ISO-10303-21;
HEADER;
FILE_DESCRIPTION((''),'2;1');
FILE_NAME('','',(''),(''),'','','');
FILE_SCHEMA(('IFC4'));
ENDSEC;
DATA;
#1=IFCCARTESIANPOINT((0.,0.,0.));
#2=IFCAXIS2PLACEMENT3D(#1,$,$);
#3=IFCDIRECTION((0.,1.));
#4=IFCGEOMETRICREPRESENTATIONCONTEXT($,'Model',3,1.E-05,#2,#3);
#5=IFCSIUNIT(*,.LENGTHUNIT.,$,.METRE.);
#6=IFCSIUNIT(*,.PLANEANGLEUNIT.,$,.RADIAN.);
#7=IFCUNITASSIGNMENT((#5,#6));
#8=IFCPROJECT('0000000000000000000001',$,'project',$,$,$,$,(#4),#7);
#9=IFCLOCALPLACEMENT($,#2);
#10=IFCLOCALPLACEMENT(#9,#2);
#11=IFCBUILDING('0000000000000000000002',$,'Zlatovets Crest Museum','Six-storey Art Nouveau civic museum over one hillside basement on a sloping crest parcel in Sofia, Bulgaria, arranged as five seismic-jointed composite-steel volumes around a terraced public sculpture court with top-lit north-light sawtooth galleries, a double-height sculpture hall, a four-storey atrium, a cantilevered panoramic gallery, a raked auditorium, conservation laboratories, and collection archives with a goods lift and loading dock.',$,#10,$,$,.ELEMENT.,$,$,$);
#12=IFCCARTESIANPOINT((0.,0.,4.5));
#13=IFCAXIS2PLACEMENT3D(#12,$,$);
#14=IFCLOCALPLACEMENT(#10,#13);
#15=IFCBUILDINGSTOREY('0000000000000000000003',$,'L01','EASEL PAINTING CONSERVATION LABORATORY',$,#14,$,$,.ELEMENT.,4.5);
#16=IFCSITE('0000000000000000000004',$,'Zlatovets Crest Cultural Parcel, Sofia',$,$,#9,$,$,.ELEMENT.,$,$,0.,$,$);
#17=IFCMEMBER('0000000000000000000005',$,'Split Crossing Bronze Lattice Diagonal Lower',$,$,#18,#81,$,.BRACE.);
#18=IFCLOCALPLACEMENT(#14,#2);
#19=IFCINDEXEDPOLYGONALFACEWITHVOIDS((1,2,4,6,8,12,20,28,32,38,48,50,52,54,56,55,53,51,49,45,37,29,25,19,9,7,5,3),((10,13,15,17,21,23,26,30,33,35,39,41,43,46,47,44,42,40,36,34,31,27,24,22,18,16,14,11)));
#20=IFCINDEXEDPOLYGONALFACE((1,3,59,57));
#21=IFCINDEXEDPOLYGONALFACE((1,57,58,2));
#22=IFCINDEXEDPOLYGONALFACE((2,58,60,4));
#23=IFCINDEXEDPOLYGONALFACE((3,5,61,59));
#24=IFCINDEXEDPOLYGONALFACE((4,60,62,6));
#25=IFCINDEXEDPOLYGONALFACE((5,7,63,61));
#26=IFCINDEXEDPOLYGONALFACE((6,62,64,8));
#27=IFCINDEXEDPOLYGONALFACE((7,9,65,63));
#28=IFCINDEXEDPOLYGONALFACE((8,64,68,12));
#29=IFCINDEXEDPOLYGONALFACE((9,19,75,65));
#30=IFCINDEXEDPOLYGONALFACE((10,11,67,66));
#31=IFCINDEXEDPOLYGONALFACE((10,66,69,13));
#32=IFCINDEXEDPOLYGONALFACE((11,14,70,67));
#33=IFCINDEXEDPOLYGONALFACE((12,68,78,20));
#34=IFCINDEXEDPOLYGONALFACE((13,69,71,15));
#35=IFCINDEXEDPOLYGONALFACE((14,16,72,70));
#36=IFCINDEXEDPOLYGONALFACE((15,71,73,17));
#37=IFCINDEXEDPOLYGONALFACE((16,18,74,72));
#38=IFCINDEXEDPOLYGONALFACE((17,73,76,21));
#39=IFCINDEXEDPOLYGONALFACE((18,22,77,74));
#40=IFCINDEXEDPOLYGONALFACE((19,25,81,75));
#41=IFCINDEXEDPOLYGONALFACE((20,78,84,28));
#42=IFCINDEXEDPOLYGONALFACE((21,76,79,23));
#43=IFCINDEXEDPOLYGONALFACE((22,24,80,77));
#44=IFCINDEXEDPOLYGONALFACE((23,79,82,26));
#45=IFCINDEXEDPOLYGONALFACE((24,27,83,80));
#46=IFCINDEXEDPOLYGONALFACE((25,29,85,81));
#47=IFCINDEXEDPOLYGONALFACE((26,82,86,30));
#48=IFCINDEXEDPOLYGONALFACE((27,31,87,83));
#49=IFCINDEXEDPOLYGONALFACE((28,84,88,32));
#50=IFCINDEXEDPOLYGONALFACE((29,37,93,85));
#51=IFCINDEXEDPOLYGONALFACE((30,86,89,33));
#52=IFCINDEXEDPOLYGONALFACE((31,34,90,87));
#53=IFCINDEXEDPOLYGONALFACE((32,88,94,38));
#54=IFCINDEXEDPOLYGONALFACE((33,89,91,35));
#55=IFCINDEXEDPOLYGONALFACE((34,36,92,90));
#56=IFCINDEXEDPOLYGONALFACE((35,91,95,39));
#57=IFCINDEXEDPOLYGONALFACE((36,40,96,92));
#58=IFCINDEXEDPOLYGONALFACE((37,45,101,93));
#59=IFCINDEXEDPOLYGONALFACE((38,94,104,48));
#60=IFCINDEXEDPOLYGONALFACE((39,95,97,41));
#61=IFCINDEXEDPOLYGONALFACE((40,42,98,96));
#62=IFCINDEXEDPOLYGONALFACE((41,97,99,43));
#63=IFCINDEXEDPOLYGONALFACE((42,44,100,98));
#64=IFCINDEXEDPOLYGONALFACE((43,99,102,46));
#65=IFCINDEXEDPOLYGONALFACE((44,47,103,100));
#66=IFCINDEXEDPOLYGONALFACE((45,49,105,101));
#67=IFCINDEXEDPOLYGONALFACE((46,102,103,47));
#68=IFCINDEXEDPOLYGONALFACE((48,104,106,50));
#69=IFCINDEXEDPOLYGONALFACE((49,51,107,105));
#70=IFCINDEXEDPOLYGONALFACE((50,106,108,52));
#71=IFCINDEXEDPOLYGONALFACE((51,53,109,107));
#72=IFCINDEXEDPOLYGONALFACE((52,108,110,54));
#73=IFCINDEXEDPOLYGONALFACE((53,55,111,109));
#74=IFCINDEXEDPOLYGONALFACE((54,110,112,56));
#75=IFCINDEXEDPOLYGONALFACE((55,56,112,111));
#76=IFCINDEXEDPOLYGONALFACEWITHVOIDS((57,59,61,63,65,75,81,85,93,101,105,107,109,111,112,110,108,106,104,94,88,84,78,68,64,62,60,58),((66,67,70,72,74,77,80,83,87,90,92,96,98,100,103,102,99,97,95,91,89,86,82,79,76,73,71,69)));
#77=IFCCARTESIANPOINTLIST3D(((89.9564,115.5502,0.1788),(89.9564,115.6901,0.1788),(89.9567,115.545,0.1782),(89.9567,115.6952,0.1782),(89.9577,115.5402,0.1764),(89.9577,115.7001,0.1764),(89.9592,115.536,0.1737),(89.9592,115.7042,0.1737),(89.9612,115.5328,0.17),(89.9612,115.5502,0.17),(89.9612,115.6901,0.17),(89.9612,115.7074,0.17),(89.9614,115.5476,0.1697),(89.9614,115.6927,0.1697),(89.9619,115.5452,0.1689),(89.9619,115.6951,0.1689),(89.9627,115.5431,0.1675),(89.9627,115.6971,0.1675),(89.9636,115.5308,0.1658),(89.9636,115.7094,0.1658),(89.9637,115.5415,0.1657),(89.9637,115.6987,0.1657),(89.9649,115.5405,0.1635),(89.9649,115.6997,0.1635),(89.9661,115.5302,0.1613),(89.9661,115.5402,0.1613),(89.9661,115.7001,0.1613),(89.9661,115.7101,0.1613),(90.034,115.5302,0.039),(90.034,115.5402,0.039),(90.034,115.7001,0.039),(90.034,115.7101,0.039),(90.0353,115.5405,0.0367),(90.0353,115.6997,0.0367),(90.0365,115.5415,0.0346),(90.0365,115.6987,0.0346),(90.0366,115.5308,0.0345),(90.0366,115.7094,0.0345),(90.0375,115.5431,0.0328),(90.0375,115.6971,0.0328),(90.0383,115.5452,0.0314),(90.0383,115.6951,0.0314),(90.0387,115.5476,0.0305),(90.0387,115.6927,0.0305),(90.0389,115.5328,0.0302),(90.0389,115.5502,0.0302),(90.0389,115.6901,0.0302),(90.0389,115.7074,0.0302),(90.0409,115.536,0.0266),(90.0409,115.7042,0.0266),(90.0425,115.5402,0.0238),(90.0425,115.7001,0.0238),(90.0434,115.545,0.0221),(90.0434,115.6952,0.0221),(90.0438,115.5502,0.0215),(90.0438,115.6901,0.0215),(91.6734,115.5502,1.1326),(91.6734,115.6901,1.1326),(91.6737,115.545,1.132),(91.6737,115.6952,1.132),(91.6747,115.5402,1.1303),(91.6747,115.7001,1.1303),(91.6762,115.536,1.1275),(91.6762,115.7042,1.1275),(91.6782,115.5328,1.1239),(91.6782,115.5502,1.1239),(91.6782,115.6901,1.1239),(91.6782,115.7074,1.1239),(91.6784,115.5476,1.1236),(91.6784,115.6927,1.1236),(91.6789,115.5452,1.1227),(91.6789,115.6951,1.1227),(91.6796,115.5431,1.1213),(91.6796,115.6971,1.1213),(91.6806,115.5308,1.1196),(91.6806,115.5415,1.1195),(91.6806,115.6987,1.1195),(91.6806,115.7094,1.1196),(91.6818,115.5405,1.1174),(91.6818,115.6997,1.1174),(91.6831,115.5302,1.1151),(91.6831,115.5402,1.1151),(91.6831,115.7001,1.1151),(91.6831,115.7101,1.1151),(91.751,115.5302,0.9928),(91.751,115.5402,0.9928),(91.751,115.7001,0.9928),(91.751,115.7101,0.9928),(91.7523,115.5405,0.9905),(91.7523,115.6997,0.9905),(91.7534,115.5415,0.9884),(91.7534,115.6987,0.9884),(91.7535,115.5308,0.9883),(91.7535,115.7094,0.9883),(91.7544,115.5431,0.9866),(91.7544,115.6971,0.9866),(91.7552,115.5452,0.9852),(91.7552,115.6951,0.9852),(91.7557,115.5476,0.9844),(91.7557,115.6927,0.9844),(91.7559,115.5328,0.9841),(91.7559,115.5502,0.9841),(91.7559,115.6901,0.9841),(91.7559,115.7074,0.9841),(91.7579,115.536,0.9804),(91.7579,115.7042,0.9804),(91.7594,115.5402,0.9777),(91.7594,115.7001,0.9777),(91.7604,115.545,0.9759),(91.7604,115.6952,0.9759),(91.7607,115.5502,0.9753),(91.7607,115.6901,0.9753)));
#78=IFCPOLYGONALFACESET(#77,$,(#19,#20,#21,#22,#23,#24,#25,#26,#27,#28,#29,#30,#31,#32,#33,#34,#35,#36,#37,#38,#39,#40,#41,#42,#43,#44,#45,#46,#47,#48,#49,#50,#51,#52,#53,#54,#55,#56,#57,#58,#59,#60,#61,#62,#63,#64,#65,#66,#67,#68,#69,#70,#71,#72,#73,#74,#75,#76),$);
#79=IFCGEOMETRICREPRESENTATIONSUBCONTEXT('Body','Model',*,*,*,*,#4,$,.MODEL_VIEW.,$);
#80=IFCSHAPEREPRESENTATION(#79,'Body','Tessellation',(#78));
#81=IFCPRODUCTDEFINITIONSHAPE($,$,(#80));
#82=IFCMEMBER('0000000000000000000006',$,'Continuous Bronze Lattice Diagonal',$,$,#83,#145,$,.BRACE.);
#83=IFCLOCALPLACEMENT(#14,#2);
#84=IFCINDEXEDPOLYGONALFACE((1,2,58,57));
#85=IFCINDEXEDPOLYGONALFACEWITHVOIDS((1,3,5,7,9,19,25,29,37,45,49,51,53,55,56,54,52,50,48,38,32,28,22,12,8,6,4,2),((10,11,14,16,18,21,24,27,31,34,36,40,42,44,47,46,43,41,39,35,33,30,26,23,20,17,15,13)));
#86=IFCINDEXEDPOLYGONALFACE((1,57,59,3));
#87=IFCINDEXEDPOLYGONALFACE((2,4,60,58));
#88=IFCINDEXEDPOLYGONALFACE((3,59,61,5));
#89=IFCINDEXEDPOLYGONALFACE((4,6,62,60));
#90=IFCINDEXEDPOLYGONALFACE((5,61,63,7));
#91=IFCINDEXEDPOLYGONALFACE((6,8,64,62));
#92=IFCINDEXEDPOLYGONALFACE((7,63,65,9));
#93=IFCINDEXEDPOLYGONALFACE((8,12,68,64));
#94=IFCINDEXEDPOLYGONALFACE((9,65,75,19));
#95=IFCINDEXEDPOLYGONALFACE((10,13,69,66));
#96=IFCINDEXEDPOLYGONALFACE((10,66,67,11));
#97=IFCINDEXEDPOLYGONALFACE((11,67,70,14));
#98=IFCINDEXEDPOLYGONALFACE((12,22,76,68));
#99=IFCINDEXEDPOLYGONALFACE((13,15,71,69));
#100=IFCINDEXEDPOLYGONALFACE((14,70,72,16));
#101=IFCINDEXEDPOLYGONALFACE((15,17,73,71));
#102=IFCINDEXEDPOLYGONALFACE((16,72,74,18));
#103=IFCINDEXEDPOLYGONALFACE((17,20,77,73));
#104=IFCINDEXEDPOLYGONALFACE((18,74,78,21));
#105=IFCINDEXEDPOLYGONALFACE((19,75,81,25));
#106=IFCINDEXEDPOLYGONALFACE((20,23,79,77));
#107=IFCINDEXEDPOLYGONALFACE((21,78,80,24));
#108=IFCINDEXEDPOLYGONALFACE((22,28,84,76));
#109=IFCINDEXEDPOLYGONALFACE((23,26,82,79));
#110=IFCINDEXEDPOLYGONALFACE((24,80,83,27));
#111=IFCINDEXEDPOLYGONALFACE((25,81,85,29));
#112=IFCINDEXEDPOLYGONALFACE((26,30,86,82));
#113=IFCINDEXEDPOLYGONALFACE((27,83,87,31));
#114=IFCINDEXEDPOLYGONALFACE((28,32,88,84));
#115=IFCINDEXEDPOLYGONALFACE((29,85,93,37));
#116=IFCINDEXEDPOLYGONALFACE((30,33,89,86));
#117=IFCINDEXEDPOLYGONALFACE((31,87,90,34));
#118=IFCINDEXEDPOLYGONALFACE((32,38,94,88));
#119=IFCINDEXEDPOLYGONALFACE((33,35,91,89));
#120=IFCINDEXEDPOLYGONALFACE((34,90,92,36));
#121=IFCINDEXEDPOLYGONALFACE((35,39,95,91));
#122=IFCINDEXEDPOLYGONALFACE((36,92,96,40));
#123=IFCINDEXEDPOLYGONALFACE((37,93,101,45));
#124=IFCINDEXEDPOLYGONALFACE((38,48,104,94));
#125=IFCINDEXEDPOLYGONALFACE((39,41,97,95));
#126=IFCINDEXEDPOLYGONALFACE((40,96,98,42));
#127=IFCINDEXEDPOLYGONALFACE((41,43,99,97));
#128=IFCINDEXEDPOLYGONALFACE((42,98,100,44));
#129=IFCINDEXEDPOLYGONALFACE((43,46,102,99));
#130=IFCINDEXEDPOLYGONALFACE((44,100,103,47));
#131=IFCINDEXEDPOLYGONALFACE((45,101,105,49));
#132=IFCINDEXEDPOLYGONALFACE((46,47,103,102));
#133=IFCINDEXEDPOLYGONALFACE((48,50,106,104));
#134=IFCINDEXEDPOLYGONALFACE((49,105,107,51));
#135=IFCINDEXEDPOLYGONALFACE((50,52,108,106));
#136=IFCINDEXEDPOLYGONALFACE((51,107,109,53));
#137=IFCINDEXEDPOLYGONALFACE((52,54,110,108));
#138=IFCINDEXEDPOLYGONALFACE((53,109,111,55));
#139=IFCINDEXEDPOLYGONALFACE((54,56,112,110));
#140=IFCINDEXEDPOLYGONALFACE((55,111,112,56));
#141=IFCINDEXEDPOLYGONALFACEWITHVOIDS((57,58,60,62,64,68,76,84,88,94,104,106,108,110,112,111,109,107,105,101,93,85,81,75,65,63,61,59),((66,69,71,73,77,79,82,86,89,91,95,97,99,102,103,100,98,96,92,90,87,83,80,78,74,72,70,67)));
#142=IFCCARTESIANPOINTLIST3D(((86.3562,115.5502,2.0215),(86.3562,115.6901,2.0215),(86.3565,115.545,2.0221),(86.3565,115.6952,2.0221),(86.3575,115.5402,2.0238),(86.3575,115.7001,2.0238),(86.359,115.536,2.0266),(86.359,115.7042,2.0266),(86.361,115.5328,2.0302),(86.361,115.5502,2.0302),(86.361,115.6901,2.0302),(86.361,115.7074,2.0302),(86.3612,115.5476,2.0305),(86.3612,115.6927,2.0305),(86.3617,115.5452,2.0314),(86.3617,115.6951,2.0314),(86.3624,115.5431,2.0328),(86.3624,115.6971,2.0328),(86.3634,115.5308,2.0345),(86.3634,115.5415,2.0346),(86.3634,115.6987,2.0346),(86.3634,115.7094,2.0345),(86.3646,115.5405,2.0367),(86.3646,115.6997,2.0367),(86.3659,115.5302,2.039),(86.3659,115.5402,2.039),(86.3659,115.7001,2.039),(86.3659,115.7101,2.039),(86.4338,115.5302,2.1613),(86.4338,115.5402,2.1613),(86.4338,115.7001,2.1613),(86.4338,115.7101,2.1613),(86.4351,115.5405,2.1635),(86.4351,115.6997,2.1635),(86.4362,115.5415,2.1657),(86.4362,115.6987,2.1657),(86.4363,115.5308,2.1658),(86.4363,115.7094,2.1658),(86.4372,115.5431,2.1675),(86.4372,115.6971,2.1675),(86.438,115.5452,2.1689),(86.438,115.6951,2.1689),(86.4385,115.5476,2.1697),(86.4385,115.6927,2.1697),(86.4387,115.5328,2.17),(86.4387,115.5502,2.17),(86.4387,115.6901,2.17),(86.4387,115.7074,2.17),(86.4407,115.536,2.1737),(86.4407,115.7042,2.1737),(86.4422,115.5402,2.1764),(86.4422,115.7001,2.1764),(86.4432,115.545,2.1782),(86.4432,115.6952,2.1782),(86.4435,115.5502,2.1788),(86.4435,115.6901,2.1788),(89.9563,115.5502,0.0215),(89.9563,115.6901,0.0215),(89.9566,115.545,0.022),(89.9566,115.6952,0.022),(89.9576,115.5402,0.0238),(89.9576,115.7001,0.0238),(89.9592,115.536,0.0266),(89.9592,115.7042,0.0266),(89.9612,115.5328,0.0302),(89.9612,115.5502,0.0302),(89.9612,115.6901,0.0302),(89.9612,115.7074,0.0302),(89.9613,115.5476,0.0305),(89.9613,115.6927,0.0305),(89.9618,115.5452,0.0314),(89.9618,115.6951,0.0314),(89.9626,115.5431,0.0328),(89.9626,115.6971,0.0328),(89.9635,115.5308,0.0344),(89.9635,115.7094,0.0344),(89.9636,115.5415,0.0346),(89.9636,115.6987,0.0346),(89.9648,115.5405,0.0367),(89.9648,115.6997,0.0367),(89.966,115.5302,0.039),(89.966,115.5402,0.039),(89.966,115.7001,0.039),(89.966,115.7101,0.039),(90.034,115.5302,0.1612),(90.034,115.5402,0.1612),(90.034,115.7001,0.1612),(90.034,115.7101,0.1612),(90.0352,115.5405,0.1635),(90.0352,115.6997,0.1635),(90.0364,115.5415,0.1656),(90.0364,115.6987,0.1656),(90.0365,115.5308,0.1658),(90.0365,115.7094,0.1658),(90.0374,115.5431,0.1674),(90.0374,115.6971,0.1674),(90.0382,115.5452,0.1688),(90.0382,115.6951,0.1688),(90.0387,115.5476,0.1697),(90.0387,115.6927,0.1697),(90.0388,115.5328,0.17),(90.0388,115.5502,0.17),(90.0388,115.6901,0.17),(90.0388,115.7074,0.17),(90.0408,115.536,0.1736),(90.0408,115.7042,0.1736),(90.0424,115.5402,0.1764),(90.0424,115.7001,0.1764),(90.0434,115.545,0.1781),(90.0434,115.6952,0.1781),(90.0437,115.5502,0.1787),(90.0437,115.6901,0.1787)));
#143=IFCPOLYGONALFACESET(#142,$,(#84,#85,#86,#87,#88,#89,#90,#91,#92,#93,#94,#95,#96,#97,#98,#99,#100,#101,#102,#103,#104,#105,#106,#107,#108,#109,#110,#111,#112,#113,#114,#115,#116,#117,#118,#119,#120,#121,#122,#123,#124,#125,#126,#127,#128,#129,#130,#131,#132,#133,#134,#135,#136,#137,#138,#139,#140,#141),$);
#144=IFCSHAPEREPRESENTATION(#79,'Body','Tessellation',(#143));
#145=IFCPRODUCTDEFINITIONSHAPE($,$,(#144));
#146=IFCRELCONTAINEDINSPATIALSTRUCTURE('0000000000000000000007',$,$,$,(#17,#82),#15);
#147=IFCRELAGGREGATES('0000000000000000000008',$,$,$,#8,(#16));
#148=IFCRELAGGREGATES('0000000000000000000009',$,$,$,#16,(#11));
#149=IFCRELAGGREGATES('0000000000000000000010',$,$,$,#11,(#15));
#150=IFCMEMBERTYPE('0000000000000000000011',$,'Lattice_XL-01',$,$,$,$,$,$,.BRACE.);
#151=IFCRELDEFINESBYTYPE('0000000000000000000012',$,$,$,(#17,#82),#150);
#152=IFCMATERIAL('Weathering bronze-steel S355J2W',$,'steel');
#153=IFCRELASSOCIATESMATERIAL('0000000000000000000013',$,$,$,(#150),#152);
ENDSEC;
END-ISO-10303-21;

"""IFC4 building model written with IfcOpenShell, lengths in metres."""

from ifc_helpers import new_model, si_unit, direction, frame, origin, origin_2d, place, context, subcontext, project, spatial, hollow_rectangle, extrude, material, material_profile, profile_set, type_object, element, save


model = new_model("IFC4")

# Units and contexts
model_context = context("Model", 3, precision=1e-05, world=origin(), true_north=direction((0.0, 1.0)))
body_context = subcontext(model_context, "Body", "Model", "MODEL_VIEW")
ifc_project = project(units=[si_unit("LENGTHUNIT", "METRE"), si_unit("PLANEANGLEUNIT", "RADIAN")], contexts=[model_context])

# Site, building, storey
site_placement = place(None, origin())
site = spatial("IfcSite", under=ifc_project, at=site_placement, Name="Zlatovets Crest Cultural Parcel, Sofia", CompositionType="ELEMENT", RefElevation=0.0)
building_placement = place(site_placement, origin())
building = spatial("IfcBuilding", under=site, at=building_placement, Name="Zlatovets Crest Museum", Description="Six-storey Art Nouveau civic museum over one hillside basement on a sloping crest parcel in Sofia, Bulgaria, arranged as five seismic-jointed composite-steel volumes around a terraced public sculpture court with top-lit north-light sawtooth galleries, a double-height sculpture hall, a four-storey atrium, a cantilevered panoramic gallery, a raked auditorium, conservation laboratories, and collection archives with a goods lift and loading dock.", CompositionType="ELEMENT")
storey_placement = place(building_placement, frame((0.0, 0.0, 4.5)))
storey = spatial("IfcBuildingStorey", under=building, at=storey_placement, Name="L01", Description="EASEL PAINTING CONSERVATION LABORATORY", CompositionType="ELEMENT", Elevation=4.5)

# Members
ifc_material_1 = material(Name="Weathering bronze-steel S355J2W", Category="steel")
ifc_material_profile_1 = material_profile(ifc_material_1, hollow_rectangle(XDim=0.1799, YDim=0.1799, WallThickness=0.01, InnerFilletRadius=0.01, OuterFilletRadius=0.02, at=origin_2d()), Name="SHS 180x180x10.0")
ifc_profile_set_1 = profile_set([ifc_material_profile_1], Name="Weathering bronze-steel S355J2W")
member_type_1 = type_object("IfcMemberType", Name="Lattice_XL-01", PredefinedType="BRACE", material=ifc_profile_set_1)
member_1_placement = place(storey_placement, frame((91.717, 115.6201, 1.054), z_axis=(-0.874169, 0.0, -0.485622), x_axis=(0.0, -1.0, 0.0)))
element("IfcMember", 1, at=member_1_placement, inside=storey, type_object=member_type_1, Name="Split Crossing Bronze Lattice Diagonal Lower", PredefinedType="BRACE", context=body_context, shape_type="SweptSolid", body=[
    extrude(hollow_rectangle(XDim=0.1799, YDim=0.1799, WallThickness=0.01, InnerFilletRadius=0.01, OuterFilletRadius=0.02, at=origin_2d()), origin(), (0.0, 0.0, 1.0), 1.9641),
])
member_2_placement = place(storey_placement, frame((90.0, 115.6201, 0.1001), z_axis=(-0.874163, 0.0, 0.485633), x_axis=(0.0, -1.0, 0.0)))
element("IfcMember", 2, at=member_2_placement, inside=storey, type_object=member_type_1, Name="Continuous Bronze Lattice Diagonal", PredefinedType="BRACE", context=body_context, shape_type="SweptSolid", body=[
    extrude(hollow_rectangle(XDim=0.1799, YDim=0.1799, WallThickness=0.01, InnerFilletRadius=0.01, OuterFilletRadius=0.02, at=origin_2d()), origin(), (0.0, 0.0, 1.0), 4.1184),
])

save(model, "model.ifc")
